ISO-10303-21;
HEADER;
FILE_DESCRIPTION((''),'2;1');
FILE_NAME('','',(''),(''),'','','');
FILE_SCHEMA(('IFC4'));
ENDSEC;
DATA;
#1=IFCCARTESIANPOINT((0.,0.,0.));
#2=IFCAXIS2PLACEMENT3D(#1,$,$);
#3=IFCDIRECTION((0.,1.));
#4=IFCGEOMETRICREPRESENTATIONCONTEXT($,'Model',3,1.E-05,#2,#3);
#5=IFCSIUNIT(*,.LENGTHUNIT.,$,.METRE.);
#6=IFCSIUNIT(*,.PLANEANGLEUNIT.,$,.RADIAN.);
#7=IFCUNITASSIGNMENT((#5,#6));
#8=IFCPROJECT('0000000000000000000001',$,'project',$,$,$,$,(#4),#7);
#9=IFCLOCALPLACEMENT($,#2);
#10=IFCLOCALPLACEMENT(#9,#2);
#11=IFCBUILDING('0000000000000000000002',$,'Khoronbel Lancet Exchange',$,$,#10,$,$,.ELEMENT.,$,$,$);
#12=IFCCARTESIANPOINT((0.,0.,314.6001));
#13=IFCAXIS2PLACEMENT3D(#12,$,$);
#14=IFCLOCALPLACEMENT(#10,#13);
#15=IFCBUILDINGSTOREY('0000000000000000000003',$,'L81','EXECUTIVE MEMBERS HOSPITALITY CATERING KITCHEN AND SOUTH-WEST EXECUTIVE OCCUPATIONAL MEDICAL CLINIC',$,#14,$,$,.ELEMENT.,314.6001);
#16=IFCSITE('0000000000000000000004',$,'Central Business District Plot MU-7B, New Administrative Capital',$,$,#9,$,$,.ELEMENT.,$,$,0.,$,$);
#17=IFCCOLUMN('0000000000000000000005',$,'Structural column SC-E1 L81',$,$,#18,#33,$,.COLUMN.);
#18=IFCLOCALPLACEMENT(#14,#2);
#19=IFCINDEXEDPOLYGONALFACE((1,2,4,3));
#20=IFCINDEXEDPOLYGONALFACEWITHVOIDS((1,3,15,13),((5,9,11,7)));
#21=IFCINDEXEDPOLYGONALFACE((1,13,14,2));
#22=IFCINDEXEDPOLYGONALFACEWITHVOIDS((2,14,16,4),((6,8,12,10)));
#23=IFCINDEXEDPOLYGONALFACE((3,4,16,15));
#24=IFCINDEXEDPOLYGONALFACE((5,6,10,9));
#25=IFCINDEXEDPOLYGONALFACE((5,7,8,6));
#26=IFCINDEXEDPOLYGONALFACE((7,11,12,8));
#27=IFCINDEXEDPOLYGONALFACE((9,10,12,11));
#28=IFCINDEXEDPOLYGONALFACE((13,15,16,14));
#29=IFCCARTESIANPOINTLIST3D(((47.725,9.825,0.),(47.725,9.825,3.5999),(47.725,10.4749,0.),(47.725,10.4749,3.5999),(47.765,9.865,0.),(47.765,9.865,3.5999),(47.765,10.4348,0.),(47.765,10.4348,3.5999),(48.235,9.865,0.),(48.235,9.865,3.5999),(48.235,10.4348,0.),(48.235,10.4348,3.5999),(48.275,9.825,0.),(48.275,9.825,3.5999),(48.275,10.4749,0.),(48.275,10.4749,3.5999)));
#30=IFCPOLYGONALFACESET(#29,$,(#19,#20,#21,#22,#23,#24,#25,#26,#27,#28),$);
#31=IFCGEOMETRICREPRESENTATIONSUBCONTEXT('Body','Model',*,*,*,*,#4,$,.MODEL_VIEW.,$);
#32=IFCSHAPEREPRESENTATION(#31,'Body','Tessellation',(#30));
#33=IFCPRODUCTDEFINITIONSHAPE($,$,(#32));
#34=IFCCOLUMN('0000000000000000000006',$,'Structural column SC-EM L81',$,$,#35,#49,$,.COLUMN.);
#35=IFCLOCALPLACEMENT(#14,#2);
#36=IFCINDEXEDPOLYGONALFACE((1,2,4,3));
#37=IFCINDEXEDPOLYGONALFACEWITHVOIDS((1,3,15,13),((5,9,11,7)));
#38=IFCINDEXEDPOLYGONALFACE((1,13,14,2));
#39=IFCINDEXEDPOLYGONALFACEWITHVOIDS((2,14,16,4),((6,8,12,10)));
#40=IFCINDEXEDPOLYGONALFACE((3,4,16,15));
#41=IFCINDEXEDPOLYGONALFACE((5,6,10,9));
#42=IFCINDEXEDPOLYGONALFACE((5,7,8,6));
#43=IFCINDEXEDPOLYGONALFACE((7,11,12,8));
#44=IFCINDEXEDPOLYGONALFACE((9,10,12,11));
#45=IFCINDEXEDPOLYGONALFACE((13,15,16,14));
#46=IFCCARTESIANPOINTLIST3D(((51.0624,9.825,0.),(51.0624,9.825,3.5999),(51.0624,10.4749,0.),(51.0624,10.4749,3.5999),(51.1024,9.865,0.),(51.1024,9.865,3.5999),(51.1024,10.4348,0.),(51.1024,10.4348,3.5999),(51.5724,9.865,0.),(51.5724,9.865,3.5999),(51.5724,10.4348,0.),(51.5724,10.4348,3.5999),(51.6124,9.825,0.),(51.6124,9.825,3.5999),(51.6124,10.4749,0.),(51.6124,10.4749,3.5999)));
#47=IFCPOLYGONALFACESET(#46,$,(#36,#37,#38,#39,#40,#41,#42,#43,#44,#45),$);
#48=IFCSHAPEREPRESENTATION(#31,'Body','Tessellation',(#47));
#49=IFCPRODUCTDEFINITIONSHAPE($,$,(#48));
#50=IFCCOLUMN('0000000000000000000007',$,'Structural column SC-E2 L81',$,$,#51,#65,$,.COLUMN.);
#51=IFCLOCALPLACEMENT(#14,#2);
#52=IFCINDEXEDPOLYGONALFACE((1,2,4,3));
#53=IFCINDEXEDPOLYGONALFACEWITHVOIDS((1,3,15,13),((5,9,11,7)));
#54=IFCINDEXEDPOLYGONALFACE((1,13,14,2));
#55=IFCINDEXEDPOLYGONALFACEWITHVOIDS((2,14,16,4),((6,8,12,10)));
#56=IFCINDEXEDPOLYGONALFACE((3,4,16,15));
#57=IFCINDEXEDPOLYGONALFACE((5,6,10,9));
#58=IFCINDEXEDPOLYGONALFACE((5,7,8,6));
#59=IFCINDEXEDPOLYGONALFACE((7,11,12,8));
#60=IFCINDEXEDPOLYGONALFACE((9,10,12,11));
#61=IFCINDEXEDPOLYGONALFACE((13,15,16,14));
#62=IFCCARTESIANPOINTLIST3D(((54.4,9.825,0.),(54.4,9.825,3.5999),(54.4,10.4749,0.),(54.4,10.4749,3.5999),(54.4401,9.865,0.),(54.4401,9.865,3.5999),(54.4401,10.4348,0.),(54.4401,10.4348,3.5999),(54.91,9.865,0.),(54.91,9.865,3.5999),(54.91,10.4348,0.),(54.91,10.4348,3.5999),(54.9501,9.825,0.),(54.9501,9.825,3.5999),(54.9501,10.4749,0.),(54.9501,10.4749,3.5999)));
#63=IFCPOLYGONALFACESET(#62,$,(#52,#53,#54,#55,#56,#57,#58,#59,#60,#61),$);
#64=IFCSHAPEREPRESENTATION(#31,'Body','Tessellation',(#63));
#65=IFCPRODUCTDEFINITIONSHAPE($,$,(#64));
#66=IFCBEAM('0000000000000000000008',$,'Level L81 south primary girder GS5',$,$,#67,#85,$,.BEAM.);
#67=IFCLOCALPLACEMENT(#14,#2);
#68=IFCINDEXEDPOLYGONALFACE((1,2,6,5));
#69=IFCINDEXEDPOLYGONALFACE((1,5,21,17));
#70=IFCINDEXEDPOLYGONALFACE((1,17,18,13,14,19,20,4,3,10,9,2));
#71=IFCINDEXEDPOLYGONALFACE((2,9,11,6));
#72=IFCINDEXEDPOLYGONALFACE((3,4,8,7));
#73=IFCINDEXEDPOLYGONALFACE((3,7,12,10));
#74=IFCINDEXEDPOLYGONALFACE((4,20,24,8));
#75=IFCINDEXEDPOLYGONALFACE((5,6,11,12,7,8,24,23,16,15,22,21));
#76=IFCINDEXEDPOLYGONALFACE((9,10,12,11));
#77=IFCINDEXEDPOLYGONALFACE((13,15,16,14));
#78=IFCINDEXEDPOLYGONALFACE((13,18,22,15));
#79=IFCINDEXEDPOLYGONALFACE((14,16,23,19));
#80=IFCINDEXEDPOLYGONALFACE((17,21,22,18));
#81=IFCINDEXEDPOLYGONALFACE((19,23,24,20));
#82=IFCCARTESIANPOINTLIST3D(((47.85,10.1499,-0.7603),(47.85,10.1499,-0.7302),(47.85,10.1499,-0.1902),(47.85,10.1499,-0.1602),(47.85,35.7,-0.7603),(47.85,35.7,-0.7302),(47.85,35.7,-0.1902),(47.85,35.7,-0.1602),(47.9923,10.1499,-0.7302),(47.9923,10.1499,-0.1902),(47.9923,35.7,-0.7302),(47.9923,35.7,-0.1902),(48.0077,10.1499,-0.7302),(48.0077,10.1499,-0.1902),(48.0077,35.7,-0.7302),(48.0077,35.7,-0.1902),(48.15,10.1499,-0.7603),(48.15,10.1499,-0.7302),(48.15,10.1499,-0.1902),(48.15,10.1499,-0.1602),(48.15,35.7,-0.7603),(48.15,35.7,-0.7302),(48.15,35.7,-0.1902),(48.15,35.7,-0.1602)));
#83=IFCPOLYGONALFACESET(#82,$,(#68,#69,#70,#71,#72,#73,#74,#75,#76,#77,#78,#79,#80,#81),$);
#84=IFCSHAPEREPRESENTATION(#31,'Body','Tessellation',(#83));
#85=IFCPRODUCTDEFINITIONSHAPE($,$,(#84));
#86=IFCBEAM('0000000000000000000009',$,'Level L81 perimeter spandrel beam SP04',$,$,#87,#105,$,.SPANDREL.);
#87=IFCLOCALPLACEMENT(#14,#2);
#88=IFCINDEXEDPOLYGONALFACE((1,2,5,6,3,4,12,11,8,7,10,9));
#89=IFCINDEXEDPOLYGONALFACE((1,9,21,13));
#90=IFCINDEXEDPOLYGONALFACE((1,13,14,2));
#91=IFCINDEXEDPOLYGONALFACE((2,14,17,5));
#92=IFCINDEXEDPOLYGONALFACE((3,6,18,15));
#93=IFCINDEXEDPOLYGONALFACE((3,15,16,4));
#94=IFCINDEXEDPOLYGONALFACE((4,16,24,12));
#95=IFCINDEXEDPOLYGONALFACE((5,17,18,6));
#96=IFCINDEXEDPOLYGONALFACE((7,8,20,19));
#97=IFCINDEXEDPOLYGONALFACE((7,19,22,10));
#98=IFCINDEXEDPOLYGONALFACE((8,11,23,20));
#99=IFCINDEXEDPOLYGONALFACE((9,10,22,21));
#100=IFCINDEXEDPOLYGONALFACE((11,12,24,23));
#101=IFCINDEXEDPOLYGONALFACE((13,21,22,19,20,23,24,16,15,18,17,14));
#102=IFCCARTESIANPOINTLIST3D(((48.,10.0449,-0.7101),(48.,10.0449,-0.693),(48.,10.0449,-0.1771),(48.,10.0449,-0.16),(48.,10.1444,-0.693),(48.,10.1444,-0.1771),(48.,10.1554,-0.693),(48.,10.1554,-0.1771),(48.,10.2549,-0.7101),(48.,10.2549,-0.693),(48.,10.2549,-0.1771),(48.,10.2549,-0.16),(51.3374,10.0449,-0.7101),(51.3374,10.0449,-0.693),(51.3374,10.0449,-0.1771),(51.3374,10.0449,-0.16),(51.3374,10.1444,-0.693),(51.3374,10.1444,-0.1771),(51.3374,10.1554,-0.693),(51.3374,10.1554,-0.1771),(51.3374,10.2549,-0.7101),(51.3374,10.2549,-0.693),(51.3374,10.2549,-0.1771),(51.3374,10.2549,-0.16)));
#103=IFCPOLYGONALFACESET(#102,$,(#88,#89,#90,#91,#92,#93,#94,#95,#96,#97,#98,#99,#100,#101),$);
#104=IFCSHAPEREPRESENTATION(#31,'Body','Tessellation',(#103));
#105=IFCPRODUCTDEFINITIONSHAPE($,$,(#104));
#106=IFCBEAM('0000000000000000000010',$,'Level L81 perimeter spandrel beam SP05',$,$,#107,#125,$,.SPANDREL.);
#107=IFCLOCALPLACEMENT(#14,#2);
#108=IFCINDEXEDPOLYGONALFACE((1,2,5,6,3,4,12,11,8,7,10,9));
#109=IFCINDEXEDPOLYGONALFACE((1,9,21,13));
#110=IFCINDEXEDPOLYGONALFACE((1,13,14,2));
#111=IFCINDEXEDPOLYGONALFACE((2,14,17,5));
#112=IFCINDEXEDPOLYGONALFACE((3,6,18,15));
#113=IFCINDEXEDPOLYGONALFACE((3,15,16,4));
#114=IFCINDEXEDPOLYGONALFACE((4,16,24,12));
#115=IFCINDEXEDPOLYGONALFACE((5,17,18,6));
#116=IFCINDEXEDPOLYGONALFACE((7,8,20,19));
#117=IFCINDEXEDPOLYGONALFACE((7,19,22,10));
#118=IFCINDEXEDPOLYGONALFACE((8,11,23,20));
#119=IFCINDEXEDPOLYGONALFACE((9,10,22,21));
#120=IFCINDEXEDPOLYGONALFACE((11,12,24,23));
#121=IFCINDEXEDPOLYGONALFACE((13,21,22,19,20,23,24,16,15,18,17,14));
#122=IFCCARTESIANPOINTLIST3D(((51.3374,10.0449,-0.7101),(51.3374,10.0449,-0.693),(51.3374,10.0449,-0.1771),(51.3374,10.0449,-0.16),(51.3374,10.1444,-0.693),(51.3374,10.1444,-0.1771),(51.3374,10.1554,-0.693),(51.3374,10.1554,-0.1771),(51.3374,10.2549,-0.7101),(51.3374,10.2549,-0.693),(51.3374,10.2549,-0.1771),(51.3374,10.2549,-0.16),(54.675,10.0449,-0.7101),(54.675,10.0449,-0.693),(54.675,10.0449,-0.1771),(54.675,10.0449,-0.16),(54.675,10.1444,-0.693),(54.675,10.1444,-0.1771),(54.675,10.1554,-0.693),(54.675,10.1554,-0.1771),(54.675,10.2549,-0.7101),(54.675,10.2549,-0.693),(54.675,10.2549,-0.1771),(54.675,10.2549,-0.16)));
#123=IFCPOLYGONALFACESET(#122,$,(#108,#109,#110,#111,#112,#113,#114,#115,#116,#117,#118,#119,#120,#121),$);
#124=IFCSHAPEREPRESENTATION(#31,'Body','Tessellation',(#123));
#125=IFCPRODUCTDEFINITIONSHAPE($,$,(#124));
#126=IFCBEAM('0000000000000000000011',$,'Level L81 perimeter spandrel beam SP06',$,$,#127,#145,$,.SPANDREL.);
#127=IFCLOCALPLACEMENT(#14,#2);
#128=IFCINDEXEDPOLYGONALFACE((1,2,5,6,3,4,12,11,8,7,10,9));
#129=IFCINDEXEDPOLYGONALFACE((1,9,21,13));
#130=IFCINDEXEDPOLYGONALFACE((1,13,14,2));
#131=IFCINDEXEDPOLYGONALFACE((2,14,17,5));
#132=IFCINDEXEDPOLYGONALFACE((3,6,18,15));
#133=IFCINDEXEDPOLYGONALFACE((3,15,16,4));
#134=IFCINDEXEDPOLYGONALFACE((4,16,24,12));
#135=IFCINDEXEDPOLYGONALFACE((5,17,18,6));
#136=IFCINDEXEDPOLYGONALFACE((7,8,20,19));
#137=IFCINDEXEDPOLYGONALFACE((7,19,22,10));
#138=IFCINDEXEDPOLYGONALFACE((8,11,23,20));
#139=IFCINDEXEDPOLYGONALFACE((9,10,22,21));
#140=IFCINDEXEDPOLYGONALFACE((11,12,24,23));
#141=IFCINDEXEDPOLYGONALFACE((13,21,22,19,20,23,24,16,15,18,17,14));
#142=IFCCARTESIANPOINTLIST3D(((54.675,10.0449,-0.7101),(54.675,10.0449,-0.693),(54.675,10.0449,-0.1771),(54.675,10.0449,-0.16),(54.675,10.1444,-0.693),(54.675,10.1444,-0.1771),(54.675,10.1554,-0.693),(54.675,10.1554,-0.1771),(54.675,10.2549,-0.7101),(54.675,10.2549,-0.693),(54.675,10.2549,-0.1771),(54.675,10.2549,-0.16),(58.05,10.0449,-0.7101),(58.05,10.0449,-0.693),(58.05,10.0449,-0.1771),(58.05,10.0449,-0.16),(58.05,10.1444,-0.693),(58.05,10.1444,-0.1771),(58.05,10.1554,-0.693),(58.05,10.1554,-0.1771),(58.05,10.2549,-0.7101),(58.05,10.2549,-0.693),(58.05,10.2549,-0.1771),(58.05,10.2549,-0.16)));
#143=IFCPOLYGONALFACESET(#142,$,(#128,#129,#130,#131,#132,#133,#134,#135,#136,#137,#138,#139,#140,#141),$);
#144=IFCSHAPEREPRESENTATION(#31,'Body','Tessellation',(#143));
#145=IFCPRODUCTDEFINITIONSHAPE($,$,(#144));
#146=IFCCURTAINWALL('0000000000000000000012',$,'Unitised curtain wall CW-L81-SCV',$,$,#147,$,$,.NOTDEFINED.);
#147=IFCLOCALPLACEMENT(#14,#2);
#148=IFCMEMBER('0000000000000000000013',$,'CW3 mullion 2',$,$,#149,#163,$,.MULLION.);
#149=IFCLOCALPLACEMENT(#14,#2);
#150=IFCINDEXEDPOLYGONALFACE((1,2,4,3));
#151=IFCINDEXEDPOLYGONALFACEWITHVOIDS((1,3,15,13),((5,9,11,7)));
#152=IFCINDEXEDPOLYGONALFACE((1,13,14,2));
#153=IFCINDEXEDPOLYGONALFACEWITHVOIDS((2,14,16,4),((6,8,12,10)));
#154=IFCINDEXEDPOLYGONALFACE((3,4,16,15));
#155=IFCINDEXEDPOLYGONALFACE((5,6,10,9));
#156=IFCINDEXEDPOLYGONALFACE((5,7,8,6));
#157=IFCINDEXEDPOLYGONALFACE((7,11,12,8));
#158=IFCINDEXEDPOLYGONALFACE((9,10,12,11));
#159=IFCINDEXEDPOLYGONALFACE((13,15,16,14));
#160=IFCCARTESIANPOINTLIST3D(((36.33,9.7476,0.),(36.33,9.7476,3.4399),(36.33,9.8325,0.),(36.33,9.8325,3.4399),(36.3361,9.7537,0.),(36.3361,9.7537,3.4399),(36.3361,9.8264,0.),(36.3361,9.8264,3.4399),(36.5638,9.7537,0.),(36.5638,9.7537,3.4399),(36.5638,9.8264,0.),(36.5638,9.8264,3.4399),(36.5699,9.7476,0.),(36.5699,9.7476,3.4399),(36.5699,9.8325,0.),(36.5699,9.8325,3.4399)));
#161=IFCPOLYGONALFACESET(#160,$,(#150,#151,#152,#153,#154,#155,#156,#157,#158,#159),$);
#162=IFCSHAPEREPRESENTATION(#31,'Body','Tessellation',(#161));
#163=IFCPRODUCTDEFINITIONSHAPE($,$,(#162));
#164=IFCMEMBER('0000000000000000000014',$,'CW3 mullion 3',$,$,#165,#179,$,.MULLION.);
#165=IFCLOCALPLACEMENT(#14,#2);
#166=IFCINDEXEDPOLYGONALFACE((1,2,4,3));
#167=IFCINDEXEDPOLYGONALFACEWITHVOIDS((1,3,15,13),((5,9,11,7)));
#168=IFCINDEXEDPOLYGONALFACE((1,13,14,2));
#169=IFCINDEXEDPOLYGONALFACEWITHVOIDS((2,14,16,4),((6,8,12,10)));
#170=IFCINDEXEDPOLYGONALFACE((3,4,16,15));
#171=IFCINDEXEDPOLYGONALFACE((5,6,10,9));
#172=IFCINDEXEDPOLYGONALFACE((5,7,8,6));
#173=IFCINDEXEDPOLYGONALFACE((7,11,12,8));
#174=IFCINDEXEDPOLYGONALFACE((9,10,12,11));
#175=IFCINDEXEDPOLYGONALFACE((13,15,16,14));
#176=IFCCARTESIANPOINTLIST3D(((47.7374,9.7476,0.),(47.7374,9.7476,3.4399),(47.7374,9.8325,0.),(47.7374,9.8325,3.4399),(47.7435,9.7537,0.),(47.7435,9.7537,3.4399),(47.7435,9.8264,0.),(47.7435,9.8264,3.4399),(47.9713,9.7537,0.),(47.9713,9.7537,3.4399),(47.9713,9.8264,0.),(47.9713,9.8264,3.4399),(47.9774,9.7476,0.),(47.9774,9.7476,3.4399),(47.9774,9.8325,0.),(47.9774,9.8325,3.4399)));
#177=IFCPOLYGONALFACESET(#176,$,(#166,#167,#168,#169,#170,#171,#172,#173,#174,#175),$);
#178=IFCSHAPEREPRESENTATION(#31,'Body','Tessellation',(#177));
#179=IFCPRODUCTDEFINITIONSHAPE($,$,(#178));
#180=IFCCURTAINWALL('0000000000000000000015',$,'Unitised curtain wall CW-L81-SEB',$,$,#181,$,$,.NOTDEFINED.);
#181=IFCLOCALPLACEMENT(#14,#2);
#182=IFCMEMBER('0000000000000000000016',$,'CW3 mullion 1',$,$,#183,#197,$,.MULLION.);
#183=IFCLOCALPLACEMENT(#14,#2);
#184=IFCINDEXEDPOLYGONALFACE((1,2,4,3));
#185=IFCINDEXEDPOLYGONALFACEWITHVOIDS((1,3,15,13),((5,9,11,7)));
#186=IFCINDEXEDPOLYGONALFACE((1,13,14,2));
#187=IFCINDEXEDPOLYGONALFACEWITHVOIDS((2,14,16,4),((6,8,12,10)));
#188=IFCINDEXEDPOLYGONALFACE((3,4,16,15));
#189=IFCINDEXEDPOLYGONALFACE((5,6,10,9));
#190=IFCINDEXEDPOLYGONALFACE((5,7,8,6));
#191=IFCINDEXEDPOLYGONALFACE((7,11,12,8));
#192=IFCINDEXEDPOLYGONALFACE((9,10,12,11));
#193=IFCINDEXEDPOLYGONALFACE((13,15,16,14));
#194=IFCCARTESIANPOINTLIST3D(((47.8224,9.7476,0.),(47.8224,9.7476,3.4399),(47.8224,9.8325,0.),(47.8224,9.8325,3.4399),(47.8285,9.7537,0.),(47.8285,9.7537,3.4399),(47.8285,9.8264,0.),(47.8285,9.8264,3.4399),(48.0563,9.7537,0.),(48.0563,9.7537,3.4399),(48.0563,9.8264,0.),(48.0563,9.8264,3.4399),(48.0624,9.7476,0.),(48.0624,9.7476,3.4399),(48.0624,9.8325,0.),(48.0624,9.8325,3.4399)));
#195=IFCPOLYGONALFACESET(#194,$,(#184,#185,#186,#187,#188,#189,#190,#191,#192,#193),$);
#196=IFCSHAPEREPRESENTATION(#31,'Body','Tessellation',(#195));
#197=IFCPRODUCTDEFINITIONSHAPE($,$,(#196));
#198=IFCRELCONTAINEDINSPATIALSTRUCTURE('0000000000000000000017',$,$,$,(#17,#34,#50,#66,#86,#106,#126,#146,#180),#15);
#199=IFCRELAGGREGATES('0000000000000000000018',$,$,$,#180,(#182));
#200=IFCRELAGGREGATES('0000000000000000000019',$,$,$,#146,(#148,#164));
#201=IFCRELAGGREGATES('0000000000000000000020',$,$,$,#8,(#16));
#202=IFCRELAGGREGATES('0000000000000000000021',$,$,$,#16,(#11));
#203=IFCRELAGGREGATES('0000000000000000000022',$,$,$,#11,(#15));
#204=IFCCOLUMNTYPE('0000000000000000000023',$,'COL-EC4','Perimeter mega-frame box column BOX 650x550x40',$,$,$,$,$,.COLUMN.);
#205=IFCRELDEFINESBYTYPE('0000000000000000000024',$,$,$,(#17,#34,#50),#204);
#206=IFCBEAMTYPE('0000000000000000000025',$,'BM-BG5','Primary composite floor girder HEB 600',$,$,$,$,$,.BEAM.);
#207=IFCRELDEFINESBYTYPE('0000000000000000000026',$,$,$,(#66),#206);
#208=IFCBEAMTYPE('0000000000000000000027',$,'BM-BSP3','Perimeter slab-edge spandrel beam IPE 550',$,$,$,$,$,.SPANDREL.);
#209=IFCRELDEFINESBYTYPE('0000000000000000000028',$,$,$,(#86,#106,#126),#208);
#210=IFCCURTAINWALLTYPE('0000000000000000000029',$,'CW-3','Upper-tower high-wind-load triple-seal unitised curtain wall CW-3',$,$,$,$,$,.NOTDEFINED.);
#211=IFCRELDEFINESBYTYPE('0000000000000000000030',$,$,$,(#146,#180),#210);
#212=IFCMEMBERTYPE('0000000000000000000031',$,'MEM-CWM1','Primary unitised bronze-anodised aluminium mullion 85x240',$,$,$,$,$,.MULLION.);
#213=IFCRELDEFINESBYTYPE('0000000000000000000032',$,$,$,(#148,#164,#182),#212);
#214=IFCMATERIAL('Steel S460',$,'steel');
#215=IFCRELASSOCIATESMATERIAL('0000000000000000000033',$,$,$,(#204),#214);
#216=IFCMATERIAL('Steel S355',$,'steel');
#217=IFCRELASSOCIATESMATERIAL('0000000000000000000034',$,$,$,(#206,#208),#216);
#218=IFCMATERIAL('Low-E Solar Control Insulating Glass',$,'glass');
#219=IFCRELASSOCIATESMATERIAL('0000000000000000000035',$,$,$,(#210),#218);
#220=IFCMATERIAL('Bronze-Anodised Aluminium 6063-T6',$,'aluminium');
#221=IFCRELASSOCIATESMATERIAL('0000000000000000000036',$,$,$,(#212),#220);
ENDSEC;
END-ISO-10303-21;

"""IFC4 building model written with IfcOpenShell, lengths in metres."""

from ifc_helpers import new_model, si_unit, direction, frame, origin, origin_2d, place, context, subcontext, project, spatial, hollow_rectangle, i_section, extrude, material, material_profile, profile_set, type_object, element, aggregate, save


model = new_model("IFC4")

# Units and contexts
model_context = context("Model", 3, precision=1e-05, world=origin(), true_north=direction((0.0, 1.0)))
body_context = subcontext(model_context, "Body", "Model", "MODEL_VIEW")
ifc_project = project(units=[si_unit("LENGTHUNIT", "METRE"), si_unit("PLANEANGLEUNIT", "RADIAN")], contexts=[model_context])

# Site, building, storey
site_placement = place(None, origin())
site = spatial("IfcSite", under=ifc_project, at=site_placement, Name="Central Business District Plot MU-7B, New Administrative Capital", CompositionType="ELEMENT", RefElevation=0.0)
building_placement = place(site_placement, origin())
building = spatial("IfcBuilding", under=site, at=building_placement, Name="Khoronbel Lancet Exchange", CompositionType="ELEMENT")
storey_placement = place(building_placement, frame((0.0, 0.0, 314.6001)))
storey = spatial("IfcBuildingStorey", under=building, at=storey_placement, Name="L81", Description="EXECUTIVE MEMBERS HOSPITALITY CATERING KITCHEN AND SOUTH-WEST EXECUTIVE OCCUPATIONAL MEDICAL CLINIC", CompositionType="ELEMENT", Elevation=314.6001)

# Columns
ifc_material_1 = material(Name="Steel S460", Category="steel")
ifc_material_profile_1 = material_profile(ifc_material_1, hollow_rectangle(XDim=0.55, YDim=0.6499, WallThickness=0.04, at=origin_2d()), Name="BOX 650x550x40")
ifc_profile_set_1 = profile_set([ifc_material_profile_1], Name="Steel S460")
column_type = type_object("IfcColumnType", Name="COL-EC4", Description="Perimeter mega-frame box column BOX 650x550x40", PredefinedType="COLUMN", material=ifc_profile_set_1)
for number, where, z_axis, x_axis, name in (
    (1, (48.0, 10.1499, 0.0), (0.0, 0.0, 1.0), (1.0, 0.0, 0.0), "Structural column SC-E1 L81"),
    (2, (51.3374, 10.1499, 0.0), (0.0, 0.0, 1.0), (1.0, 0.0, 0.0), "Structural column SC-EM L81"),
    (3, (54.675, 10.1499, 0.0), (0.0, 0.0, 1.0), (1.0, 0.0, 0.0), "Structural column SC-E2 L81"),
):
    element("IfcColumn", number, at=place(storey_placement, frame(where, z_axis=z_axis, x_axis=x_axis)), inside=storey, type_object=column_type, Name=name, PredefinedType="COLUMN", context=body_context, shape_type="SweptSolid", body=[
        extrude(hollow_rectangle(XDim=0.55, YDim=0.6499, WallThickness=0.04, at=origin_2d()), origin(), (0.0, 0.0, 1.0), 3.5999),
    ])

# Beams
ifc_material_2 = material(Name="Steel S355", Category="steel")
ifc_material_profile_2 = material_profile(ifc_material_2, i_section(OverallWidth=0.3, OverallDepth=0.6001, WebThickness=0.0154, FlangeThickness=0.03, at=origin_2d()), Name="HEB 600")
ifc_profile_set_2 = profile_set([ifc_material_profile_2], Name="Steel S355")
beam_type_1 = type_object("IfcBeamType", Name="BM-BG5", Description="Primary composite floor girder HEB 600", PredefinedType="BEAM", material=ifc_profile_set_2)
beam_1_placement = place(storey_placement, frame((48.0, 10.1499, -0.4602), z_axis=(0.0, 1.0, 0.0), x_axis=(-1.0, 0.0, 0.0)))
element("IfcBeam", 4, at=beam_1_placement, inside=storey, type_object=beam_type_1, Name="Level L81 south primary girder GS5", PredefinedType="BEAM", context=body_context, shape_type="SweptSolid", body=[
    extrude(i_section(OverallWidth=0.3, OverallDepth=0.6001, WebThickness=0.0154, FlangeThickness=0.03, at=origin_2d()), origin(), (0.0, 0.0, 1.0), 25.55),
])
ifc_material_profile_3 = material_profile(ifc_material_2, i_section(OverallWidth=0.21, OverallDepth=0.55, WebThickness=0.011, FlangeThickness=0.0171, at=origin_2d()), Name="IPE 550")
ifc_profile_set_3 = profile_set([ifc_material_profile_3], Name="Steel S355")
beam_type_2 = type_object("IfcBeamType", Name="BM-BSP3", Description="Perimeter slab-edge spandrel beam IPE 550", PredefinedType="SPANDREL", material=ifc_profile_set_3)
beam_2_placement = place(storey_placement, frame((48.0, 10.1499, -0.4351), z_axis=(1.0, 0.0, 0.0), x_axis=(0.0, 1.0, 0.0)))
element("IfcBeam", 5, at=beam_2_placement, inside=storey, type_object=beam_type_2, Name="Level L81 perimeter spandrel beam SP04", PredefinedType="SPANDREL", context=body_context, shape_type="SweptSolid", body=[
    extrude(i_section(OverallWidth=0.21, OverallDepth=0.55, WebThickness=0.011, FlangeThickness=0.0171, at=origin_2d()), origin(), (0.0, 0.0, 1.0), 3.3374),
])
beam_3_placement = place(storey_placement, frame((51.3374, 10.1499, -0.4351), z_axis=(1.0, 0.0, 0.0), x_axis=(0.0, 1.0, 0.0)))
element("IfcBeam", 6, at=beam_3_placement, inside=storey, type_object=beam_type_2, Name="Level L81 perimeter spandrel beam SP05", PredefinedType="SPANDREL", context=body_context, shape_type="SweptSolid", body=[
    extrude(i_section(OverallWidth=0.21, OverallDepth=0.55, WebThickness=0.011, FlangeThickness=0.0171, at=origin_2d()), origin(), (0.0, 0.0, 1.0), 3.3376),
])
beam_4_placement = place(storey_placement, frame((54.675, 10.1499, -0.4351), z_axis=(1.0, 0.0, 0.0), x_axis=(0.0, 1.0, 0.0)))
element("IfcBeam", 7, at=beam_4_placement, inside=storey, type_object=beam_type_2, Name="Level L81 perimeter spandrel beam SP06", PredefinedType="SPANDREL", context=body_context, shape_type="SweptSolid", body=[
    extrude(i_section(OverallWidth=0.21, OverallDepth=0.55, WebThickness=0.011, FlangeThickness=0.0171, at=origin_2d()), origin(), (0.0, 0.0, 1.0), 3.375),
])

# Curtain wall, members
ifc_material_3 = material(Name="Low-E Solar Control Insulating Glass", Category="glass")
curtain_wall_type = type_object("IfcCurtainWallType", Name="CW-3", Description="Upper-tower high-wind-load triple-seal unitised curtain wall CW-3", PredefinedType="NOTDEFINED", material=ifc_material_3)
curtain_wall_1_placement = place(storey_placement, origin())
curtain_wall_1 = element("IfcCurtainWall", 8, at=curtain_wall_1_placement, inside=storey, type_object=curtain_wall_type, Name="Unitised curtain wall CW-L81-SCV", PredefinedType="NOTDEFINED")
ifc_material_4 = material(Name="Bronze-Anodised Aluminium 6063-T6", Category="aluminium")
ifc_material_profile_4 = material_profile(ifc_material_4, hollow_rectangle(XDim=0.085, YDim=0.24, WallThickness=0.0061, at=origin_2d()), Name="ALU MULLION 85x240")
ifc_profile_set_4 = profile_set([ifc_material_profile_4], Name="Bronze-Anodised Aluminium 6063-T6")
member_type_1 = type_object("IfcMemberType", Name="MEM-CWM1", Description="Primary unitised bronze-anodised aluminium mullion 85x240", PredefinedType="MULLION", material=ifc_profile_set_4)
member_1_placement = place(storey_placement, frame((36.45, 9.79, 0.0), z_axis=(0.0, 0.0, 1.0), x_axis=(0.0, 1.0, 0.0)))
member_1 = element("IfcMember", 9, at=member_1_placement, type_object=member_type_1, Name="CW3 mullion 2", PredefinedType="MULLION", context=body_context, shape_type="SweptSolid", body=[
    extrude(hollow_rectangle(XDim=0.085, YDim=0.24, WallThickness=0.0061, at=origin_2d()), origin(), (0.0, 0.0, 1.0), 3.4399),
])
member_2_placement = place(storey_placement, frame((47.8574, 9.79, 0.0), z_axis=(0.0, 0.0, 1.0), x_axis=(0.0, 1.0, 0.0)))
member_2 = element("IfcMember", 10, at=member_2_placement, type_object=member_type_1, Name="CW3 mullion 3", PredefinedType="MULLION", context=body_context, shape_type="SweptSolid", body=[
    extrude(hollow_rectangle(XDim=0.085, YDim=0.24, WallThickness=0.0061, at=origin_2d()), origin(), (0.0, 0.0, 1.0), 3.4399),
])

# Curtain wall, member
curtain_wall_2_placement = place(storey_placement, origin())
curtain_wall_2 = element("IfcCurtainWall", 11, at=curtain_wall_2_placement, inside=storey, type_object=curtain_wall_type, Name="Unitised curtain wall CW-L81-SEB", PredefinedType="NOTDEFINED")
member_3_placement = place(storey_placement, frame((47.9424, 9.79, 0.0), z_axis=(0.0, 0.0, 1.0), x_axis=(0.0, 1.0, 0.0)))
member_3 = element("IfcMember", 12, at=member_3_placement, type_object=member_type_1, Name="CW3 mullion 1", PredefinedType="MULLION", context=body_context, shape_type="SweptSolid", body=[
    extrude(hollow_rectangle(XDim=0.085, YDim=0.24, WallThickness=0.0061, at=origin_2d()), origin(), (0.0, 0.0, 1.0), 3.4399),
])

aggregate(curtain_wall_2, [member_3])
aggregate(curtain_wall_1, [member_1, member_2])

save(model, "model.ifc")
